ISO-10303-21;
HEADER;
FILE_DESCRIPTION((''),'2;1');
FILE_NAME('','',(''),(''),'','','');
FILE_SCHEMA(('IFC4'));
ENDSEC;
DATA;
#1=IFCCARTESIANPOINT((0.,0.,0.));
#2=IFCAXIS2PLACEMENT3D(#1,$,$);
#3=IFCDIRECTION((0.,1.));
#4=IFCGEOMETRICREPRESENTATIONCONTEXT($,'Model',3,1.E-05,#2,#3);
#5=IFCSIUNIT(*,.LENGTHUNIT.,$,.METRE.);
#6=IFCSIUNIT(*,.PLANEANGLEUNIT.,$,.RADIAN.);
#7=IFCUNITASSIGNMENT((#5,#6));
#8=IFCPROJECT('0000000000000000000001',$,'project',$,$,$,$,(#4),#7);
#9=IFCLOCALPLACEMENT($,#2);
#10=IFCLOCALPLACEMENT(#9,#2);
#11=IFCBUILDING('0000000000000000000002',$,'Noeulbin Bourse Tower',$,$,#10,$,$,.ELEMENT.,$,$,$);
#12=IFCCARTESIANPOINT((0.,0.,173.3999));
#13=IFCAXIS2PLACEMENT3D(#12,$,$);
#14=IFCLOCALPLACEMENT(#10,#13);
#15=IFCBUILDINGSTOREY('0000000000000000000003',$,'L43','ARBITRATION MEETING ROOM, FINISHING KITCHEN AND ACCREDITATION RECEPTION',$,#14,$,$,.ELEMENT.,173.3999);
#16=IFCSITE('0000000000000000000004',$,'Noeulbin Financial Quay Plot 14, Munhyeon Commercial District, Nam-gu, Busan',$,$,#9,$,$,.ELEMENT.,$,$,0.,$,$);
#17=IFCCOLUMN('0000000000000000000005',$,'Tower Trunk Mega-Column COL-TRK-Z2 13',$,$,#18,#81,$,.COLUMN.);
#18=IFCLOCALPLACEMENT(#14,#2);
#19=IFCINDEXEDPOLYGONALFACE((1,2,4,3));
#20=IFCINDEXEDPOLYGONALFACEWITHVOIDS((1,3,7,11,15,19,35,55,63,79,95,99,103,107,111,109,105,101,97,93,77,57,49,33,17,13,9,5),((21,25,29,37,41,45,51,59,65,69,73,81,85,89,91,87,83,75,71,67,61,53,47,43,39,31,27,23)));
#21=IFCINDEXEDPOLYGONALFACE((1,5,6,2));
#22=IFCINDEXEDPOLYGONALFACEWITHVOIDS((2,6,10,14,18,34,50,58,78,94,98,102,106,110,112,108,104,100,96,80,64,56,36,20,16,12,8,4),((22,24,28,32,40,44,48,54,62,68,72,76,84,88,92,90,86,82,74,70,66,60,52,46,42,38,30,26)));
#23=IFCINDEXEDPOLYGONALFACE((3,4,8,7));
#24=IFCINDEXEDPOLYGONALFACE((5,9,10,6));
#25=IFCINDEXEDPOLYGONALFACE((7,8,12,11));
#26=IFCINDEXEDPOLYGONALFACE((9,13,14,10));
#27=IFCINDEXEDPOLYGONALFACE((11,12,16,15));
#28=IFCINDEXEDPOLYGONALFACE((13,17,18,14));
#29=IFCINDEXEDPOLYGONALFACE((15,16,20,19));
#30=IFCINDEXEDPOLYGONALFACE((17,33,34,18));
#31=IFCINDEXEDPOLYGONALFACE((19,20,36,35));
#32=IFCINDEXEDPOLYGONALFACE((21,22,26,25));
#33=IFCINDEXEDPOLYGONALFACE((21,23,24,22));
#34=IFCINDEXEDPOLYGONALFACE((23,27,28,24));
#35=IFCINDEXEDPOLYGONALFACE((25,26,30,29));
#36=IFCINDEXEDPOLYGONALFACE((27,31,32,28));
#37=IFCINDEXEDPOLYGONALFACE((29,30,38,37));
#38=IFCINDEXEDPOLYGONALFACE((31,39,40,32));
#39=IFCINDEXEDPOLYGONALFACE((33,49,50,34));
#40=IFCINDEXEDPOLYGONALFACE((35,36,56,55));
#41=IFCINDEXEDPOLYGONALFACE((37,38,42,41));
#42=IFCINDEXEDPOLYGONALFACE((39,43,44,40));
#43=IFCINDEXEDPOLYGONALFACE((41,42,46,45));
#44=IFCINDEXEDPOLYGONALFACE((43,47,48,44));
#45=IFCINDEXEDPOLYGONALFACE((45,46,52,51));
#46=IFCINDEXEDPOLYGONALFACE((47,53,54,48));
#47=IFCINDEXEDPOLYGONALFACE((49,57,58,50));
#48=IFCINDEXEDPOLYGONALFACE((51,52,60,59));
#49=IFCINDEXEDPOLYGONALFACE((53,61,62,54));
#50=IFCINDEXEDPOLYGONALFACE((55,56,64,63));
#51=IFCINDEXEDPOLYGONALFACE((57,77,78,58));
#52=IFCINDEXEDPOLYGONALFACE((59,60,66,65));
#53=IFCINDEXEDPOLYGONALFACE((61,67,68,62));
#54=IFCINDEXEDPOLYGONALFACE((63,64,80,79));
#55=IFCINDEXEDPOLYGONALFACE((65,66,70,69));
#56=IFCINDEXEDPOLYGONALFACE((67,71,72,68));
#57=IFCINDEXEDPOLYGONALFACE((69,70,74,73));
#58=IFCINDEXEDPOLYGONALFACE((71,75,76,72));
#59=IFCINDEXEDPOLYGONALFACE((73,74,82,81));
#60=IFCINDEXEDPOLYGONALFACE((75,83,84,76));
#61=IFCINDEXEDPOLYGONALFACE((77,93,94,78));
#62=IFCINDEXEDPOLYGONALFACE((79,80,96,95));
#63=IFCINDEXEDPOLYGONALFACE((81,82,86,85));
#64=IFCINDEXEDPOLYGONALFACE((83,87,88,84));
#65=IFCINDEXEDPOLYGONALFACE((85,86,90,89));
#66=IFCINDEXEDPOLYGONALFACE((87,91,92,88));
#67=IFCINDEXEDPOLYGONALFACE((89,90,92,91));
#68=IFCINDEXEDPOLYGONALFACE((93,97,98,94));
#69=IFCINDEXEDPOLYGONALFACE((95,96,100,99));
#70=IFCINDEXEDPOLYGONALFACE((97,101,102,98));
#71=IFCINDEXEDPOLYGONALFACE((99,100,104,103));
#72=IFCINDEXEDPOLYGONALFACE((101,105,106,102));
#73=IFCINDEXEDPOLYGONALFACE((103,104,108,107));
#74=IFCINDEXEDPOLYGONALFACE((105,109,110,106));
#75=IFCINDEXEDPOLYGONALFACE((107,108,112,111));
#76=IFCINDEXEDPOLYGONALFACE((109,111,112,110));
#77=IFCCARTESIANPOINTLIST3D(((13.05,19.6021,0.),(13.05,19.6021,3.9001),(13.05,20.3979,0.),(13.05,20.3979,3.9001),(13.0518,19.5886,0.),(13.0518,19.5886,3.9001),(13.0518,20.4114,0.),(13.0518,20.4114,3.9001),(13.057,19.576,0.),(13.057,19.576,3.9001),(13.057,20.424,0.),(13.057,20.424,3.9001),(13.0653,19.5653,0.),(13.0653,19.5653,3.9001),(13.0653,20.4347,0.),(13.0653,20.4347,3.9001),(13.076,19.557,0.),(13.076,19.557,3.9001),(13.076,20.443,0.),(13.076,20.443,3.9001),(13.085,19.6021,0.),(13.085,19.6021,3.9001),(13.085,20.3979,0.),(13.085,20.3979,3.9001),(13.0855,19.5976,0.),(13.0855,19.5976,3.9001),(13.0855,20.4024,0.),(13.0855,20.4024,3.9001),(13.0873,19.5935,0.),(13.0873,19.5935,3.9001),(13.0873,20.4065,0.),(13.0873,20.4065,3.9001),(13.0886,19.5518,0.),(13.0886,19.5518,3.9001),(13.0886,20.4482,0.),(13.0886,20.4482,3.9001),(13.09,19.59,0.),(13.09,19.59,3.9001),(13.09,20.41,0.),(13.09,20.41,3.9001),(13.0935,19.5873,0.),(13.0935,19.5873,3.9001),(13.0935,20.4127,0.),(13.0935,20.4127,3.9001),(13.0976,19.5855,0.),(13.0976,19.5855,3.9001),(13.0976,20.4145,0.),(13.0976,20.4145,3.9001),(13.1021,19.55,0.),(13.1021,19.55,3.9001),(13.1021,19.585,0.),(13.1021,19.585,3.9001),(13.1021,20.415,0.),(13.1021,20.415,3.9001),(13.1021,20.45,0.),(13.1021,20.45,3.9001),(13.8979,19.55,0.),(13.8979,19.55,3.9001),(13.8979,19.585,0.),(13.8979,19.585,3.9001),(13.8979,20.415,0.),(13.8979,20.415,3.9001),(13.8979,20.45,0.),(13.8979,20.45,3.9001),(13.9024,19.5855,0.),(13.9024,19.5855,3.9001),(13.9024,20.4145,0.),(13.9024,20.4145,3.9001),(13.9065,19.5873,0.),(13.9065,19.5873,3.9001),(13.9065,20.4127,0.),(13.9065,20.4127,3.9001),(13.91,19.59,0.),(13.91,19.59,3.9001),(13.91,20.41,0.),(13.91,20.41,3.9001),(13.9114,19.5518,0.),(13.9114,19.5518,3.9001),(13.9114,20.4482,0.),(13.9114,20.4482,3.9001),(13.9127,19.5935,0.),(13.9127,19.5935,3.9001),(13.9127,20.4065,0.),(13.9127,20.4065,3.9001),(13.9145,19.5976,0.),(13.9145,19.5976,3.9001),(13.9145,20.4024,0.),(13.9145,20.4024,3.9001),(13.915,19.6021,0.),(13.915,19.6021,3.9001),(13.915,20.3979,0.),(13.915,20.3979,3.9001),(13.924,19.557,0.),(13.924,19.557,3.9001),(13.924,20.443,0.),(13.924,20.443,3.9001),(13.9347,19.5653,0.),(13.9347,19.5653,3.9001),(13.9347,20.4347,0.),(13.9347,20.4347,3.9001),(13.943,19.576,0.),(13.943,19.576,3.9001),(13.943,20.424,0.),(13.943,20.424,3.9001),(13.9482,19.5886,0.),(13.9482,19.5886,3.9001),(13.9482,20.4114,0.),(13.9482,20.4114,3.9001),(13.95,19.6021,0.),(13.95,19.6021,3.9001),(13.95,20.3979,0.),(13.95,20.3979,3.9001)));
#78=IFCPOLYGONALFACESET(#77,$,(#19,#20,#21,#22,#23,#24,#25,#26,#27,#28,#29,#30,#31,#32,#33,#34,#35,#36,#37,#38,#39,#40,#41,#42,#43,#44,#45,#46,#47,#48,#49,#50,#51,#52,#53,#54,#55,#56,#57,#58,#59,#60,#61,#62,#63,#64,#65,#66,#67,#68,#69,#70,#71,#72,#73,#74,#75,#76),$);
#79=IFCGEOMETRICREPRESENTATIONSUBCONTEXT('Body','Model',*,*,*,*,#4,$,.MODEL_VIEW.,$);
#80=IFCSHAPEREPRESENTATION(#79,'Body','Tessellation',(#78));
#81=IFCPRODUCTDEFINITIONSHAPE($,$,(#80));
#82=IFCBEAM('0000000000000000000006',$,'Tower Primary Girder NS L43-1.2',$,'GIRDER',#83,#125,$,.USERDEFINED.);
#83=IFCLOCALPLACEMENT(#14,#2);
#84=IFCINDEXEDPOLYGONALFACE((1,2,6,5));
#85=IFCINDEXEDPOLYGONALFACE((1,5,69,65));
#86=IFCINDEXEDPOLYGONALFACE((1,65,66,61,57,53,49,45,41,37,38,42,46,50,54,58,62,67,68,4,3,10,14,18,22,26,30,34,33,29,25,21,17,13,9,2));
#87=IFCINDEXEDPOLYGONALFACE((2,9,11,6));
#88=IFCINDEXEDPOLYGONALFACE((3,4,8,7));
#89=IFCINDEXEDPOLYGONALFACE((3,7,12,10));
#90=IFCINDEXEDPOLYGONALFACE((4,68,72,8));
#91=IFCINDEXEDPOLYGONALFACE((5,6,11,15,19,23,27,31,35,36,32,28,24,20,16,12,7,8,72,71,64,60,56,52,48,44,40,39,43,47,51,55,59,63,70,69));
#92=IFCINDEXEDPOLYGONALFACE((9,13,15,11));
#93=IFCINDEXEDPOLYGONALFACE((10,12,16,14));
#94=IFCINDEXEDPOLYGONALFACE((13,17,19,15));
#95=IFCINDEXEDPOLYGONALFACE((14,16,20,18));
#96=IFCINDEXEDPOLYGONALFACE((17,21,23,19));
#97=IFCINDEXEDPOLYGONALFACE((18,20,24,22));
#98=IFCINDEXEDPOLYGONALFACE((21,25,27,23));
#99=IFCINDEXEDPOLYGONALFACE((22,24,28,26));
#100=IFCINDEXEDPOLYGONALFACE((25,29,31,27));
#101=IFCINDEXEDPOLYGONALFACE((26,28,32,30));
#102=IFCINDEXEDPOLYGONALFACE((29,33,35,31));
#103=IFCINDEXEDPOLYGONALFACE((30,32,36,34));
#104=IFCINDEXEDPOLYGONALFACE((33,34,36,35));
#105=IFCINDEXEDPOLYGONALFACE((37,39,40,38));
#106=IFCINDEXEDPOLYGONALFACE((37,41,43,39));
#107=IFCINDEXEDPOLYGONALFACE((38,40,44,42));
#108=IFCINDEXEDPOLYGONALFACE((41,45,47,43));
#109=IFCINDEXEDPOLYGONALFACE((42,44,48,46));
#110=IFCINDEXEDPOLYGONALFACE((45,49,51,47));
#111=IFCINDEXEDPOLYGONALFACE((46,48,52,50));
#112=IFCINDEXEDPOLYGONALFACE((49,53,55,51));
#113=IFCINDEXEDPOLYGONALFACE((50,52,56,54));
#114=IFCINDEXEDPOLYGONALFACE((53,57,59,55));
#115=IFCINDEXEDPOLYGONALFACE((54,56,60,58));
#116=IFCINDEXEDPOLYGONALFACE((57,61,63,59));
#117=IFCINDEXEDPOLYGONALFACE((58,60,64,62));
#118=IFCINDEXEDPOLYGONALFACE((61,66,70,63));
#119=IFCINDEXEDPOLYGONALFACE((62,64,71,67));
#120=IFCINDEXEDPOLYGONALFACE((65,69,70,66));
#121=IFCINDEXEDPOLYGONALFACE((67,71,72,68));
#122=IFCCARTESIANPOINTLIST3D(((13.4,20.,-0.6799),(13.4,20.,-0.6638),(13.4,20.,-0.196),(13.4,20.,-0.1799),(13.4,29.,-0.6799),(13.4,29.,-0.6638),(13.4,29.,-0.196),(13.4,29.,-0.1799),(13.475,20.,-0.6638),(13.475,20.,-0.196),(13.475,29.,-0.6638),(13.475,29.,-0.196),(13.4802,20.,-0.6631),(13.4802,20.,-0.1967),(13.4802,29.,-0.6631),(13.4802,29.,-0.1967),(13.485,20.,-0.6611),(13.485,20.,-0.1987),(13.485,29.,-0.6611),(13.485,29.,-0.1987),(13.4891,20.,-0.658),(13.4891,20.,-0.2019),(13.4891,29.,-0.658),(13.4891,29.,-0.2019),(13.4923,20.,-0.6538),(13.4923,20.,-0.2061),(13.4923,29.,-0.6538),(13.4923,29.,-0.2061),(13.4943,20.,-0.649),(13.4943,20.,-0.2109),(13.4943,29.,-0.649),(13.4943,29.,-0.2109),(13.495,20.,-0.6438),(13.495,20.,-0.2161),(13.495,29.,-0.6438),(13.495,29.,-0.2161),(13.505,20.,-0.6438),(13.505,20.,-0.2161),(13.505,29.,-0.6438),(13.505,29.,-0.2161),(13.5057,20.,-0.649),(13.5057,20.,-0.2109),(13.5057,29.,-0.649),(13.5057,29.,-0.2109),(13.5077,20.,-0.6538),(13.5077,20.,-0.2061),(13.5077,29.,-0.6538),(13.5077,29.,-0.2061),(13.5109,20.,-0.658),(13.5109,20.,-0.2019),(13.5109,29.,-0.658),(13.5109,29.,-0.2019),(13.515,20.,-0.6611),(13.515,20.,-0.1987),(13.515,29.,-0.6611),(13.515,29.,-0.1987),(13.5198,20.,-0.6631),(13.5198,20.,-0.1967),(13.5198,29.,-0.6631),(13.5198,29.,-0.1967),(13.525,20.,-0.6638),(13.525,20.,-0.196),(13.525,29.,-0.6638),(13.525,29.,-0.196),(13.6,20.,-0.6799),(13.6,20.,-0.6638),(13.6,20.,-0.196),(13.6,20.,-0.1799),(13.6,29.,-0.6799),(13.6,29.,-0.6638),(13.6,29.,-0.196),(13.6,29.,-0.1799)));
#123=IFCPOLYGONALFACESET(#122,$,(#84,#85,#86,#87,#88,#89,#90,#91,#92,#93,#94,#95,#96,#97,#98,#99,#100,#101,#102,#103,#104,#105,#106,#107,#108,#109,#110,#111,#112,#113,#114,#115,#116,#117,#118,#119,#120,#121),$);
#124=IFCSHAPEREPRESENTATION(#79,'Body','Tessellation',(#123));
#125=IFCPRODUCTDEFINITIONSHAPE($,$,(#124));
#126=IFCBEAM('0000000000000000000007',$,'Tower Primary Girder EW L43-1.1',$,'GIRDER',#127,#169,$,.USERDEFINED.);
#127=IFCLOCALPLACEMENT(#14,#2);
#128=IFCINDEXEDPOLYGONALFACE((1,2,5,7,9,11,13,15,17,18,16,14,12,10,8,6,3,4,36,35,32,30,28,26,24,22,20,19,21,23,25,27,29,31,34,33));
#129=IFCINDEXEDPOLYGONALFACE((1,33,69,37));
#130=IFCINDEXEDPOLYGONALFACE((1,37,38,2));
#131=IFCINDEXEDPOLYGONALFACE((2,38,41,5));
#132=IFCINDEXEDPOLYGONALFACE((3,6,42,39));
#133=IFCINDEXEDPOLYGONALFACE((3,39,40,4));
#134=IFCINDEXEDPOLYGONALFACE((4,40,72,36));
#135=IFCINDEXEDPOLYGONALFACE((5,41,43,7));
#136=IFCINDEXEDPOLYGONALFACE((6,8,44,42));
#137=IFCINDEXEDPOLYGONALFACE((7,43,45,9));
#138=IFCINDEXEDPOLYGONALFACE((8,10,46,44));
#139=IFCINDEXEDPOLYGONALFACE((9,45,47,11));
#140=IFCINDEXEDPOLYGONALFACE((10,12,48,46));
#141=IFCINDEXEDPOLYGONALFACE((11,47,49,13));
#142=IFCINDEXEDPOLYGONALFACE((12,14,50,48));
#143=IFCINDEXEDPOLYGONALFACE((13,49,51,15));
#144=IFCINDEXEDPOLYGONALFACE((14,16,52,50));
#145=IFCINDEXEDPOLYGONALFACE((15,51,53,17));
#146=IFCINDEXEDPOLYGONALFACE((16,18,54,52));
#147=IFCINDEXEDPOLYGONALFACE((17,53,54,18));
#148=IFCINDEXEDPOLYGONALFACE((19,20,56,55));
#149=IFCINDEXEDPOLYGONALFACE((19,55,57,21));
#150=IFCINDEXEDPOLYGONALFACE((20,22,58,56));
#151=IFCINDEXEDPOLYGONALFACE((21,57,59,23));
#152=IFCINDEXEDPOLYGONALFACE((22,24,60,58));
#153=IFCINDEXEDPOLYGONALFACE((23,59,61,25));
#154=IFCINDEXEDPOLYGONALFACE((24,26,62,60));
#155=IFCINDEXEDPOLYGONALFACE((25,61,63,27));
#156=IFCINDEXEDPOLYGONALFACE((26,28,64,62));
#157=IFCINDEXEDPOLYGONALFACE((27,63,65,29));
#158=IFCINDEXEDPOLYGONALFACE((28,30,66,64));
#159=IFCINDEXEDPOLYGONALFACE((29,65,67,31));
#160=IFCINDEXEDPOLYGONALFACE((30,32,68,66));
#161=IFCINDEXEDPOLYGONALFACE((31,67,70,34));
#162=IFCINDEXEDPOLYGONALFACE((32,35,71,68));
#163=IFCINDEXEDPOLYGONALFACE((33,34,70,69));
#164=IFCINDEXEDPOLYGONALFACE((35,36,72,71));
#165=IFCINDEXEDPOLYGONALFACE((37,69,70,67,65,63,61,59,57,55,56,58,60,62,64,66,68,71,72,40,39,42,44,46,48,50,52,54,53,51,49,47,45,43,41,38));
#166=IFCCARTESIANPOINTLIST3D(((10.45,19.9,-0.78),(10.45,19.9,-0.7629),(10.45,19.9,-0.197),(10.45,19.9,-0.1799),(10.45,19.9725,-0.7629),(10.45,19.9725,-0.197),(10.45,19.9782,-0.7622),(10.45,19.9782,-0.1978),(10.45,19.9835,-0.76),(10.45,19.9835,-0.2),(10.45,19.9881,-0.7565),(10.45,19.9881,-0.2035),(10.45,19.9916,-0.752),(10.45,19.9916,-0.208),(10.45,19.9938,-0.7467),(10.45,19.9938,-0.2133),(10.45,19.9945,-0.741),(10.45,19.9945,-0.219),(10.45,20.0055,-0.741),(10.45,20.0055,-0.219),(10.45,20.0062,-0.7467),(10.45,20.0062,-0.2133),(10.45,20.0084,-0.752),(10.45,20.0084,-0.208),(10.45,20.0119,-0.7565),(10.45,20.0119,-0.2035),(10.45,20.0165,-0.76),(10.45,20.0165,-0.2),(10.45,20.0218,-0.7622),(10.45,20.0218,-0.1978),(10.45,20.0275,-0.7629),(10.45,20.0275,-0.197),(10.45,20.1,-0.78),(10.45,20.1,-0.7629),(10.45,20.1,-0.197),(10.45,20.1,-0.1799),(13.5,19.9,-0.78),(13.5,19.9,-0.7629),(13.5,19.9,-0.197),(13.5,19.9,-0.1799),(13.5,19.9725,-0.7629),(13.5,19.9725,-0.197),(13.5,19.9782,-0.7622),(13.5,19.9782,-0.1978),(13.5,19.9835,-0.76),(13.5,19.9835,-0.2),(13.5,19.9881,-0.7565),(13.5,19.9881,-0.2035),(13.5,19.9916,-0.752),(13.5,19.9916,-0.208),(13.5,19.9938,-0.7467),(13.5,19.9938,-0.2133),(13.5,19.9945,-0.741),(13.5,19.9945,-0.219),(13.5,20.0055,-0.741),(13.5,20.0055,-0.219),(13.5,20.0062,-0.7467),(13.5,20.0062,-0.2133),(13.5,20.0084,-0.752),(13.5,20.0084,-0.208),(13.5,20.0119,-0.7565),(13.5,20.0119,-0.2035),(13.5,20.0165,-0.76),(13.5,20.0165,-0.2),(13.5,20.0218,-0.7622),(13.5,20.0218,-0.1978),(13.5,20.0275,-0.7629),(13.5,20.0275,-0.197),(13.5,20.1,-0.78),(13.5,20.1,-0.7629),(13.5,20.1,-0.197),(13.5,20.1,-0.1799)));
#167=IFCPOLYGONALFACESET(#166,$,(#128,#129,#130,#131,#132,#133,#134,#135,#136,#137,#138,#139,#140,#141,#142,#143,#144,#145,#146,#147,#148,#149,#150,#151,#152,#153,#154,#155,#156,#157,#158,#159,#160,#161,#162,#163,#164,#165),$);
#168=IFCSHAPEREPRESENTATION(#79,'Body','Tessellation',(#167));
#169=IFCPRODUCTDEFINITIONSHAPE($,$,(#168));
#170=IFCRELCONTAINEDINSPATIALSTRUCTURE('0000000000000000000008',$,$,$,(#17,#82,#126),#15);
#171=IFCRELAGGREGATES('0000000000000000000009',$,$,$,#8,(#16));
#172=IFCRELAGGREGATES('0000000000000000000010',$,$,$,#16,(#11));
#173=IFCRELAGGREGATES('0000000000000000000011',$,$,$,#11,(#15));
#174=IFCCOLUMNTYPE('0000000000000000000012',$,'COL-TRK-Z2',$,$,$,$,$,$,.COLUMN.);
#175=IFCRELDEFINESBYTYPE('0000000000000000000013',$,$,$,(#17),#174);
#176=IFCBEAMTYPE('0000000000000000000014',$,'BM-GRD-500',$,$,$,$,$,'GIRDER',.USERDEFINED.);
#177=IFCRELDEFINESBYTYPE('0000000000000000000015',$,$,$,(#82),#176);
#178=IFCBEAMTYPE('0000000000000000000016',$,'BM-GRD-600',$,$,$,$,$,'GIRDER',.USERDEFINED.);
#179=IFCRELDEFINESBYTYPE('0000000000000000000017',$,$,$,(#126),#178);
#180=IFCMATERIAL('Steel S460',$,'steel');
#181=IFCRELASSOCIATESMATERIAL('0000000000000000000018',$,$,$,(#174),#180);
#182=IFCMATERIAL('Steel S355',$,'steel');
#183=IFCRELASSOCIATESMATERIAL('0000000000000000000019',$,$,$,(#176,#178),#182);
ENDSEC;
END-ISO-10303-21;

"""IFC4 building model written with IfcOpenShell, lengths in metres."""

from ifc_helpers import new_model, si_unit, direction, frame, origin, origin_2d, place, context, subcontext, project, spatial, hollow_rectangle, i_section, extrude, material, material_profile, profile_set, type_object, element, save


model = new_model("IFC4")

# Units and contexts
model_context = context("Model", 3, precision=1e-05, world=origin(), true_north=direction((0.0, 1.0)))
body_context = subcontext(model_context, "Body", "Model", "MODEL_VIEW")
ifc_project = project(units=[si_unit("LENGTHUNIT", "METRE"), si_unit("PLANEANGLEUNIT", "RADIAN")], contexts=[model_context])

# Site, building, storey
site_placement = place(None, origin())
site = spatial("IfcSite", under=ifc_project, at=site_placement, Name="Noeulbin Financial Quay Plot 14, Munhyeon Commercial District, Nam-gu, Busan", CompositionType="ELEMENT", RefElevation=0.0)
building_placement = place(site_placement, origin())
building = spatial("IfcBuilding", under=site, at=building_placement, Name="Noeulbin Bourse Tower", CompositionType="ELEMENT")
storey_placement = place(building_placement, frame((0.0, 0.0, 173.3999)))
storey = spatial("IfcBuildingStorey", under=building, at=storey_placement, Name="L43", Description="ARBITRATION MEETING ROOM, FINISHING KITCHEN AND ACCREDITATION RECEPTION", CompositionType="ELEMENT", Elevation=173.3999)

# Column
ifc_material_1 = material(Name="Steel S355", Category="steel")
ifc_material_2 = material(Name="Steel S460", Category="steel")
ifc_material_profile_1 = material_profile(ifc_material_2, hollow_rectangle(XDim=0.8999, YDim=0.8999, WallThickness=0.0349, InnerFilletRadius=0.0171, OuterFilletRadius=0.052, at=origin_2d()), Name="BOX-900x900x35", Category="LoadBearing")
ifc_profile_set_1 = profile_set([ifc_material_profile_1], Name="Steel S460")
column_type_1 = type_object("IfcColumnType", Name="COL-TRK-Z2", PredefinedType="COLUMN", material=ifc_profile_set_1)
column_placement = place(storey_placement, frame((13.5, 20.0, 0.0), z_axis=(0.0, 0.0, 1.0), x_axis=(1.0, 0.0, 0.0)))
element("IfcColumn", 1, at=column_placement, inside=storey, type_object=column_type_1, Name="Tower Trunk Mega-Column COL-TRK-Z2 13", PredefinedType="COLUMN", context=body_context, shape_type="SweptSolid", body=[
    extrude(hollow_rectangle(XDim=0.8999, YDim=0.8999, WallThickness=0.0349, InnerFilletRadius=0.0171, OuterFilletRadius=0.052, at=origin_2d()), origin(), (0.0, 0.0, 1.0), 3.9001),
])

# Beams
ifc_material_profile_2 = material_profile(ifc_material_1, i_section(OverallWidth=0.2, OverallDepth=0.5, WebThickness=0.01, FlangeThickness=0.0161, FilletRadius=0.02, at=origin_2d()), Name="H-500x200x10x16", Category="LoadBearing")
ifc_profile_set_2 = profile_set([ifc_material_profile_2], Name="Steel S355")
beam_type_1 = type_object("IfcBeamType", Name="BM-GRD-500", ElementType="GIRDER", PredefinedType="USERDEFINED", material=ifc_profile_set_2)
beam_1_placement = place(storey_placement, frame((13.5, 20.0, -0.4299), z_axis=(0.0, 1.0, 0.0), x_axis=(-1.0, 0.0, 0.0)))
element("IfcBeam", 2, at=beam_1_placement, inside=storey, type_object=beam_type_1, Name="Tower Primary Girder NS L43-1.2", ObjectType="GIRDER", PredefinedType="USERDEFINED", context=body_context, shape_type="SweptSolid", body=[
    extrude(i_section(OverallWidth=0.2, OverallDepth=0.5, WebThickness=0.01, FlangeThickness=0.0161, FilletRadius=0.02, at=origin_2d()), origin(), (0.0, 0.0, 1.0), 9.0),
])
ifc_material_profile_3 = material_profile(ifc_material_1, i_section(OverallWidth=0.2, OverallDepth=0.6001, WebThickness=0.011, FlangeThickness=0.0171, FilletRadius=0.022, at=origin_2d()), Name="H-600x200x11x17", Category="LoadBearing")
ifc_profile_set_3 = profile_set([ifc_material_profile_3], Name="Steel S355")
beam_type_2 = type_object("IfcBeamType", Name="BM-GRD-600", ElementType="GIRDER", PredefinedType="USERDEFINED", material=ifc_profile_set_3)
beam_2_placement = place(storey_placement, frame((10.45, 20.0, -0.48), z_axis=(1.0, 0.0, 0.0), x_axis=(0.0, 1.0, 0.0)))
element("IfcBeam", 3, at=beam_2_placement, inside=storey, type_object=beam_type_2, Name="Tower Primary Girder EW L43-1.1", ObjectType="GIRDER", PredefinedType="USERDEFINED", context=body_context, shape_type="SweptSolid", body=[
    extrude(i_section(OverallWidth=0.2, OverallDepth=0.6001, WebThickness=0.011, FlangeThickness=0.0171, FilletRadius=0.022, at=origin_2d()), origin(), (0.0, 0.0, 1.0), 3.05),
])

save(model, "model.ifc")
